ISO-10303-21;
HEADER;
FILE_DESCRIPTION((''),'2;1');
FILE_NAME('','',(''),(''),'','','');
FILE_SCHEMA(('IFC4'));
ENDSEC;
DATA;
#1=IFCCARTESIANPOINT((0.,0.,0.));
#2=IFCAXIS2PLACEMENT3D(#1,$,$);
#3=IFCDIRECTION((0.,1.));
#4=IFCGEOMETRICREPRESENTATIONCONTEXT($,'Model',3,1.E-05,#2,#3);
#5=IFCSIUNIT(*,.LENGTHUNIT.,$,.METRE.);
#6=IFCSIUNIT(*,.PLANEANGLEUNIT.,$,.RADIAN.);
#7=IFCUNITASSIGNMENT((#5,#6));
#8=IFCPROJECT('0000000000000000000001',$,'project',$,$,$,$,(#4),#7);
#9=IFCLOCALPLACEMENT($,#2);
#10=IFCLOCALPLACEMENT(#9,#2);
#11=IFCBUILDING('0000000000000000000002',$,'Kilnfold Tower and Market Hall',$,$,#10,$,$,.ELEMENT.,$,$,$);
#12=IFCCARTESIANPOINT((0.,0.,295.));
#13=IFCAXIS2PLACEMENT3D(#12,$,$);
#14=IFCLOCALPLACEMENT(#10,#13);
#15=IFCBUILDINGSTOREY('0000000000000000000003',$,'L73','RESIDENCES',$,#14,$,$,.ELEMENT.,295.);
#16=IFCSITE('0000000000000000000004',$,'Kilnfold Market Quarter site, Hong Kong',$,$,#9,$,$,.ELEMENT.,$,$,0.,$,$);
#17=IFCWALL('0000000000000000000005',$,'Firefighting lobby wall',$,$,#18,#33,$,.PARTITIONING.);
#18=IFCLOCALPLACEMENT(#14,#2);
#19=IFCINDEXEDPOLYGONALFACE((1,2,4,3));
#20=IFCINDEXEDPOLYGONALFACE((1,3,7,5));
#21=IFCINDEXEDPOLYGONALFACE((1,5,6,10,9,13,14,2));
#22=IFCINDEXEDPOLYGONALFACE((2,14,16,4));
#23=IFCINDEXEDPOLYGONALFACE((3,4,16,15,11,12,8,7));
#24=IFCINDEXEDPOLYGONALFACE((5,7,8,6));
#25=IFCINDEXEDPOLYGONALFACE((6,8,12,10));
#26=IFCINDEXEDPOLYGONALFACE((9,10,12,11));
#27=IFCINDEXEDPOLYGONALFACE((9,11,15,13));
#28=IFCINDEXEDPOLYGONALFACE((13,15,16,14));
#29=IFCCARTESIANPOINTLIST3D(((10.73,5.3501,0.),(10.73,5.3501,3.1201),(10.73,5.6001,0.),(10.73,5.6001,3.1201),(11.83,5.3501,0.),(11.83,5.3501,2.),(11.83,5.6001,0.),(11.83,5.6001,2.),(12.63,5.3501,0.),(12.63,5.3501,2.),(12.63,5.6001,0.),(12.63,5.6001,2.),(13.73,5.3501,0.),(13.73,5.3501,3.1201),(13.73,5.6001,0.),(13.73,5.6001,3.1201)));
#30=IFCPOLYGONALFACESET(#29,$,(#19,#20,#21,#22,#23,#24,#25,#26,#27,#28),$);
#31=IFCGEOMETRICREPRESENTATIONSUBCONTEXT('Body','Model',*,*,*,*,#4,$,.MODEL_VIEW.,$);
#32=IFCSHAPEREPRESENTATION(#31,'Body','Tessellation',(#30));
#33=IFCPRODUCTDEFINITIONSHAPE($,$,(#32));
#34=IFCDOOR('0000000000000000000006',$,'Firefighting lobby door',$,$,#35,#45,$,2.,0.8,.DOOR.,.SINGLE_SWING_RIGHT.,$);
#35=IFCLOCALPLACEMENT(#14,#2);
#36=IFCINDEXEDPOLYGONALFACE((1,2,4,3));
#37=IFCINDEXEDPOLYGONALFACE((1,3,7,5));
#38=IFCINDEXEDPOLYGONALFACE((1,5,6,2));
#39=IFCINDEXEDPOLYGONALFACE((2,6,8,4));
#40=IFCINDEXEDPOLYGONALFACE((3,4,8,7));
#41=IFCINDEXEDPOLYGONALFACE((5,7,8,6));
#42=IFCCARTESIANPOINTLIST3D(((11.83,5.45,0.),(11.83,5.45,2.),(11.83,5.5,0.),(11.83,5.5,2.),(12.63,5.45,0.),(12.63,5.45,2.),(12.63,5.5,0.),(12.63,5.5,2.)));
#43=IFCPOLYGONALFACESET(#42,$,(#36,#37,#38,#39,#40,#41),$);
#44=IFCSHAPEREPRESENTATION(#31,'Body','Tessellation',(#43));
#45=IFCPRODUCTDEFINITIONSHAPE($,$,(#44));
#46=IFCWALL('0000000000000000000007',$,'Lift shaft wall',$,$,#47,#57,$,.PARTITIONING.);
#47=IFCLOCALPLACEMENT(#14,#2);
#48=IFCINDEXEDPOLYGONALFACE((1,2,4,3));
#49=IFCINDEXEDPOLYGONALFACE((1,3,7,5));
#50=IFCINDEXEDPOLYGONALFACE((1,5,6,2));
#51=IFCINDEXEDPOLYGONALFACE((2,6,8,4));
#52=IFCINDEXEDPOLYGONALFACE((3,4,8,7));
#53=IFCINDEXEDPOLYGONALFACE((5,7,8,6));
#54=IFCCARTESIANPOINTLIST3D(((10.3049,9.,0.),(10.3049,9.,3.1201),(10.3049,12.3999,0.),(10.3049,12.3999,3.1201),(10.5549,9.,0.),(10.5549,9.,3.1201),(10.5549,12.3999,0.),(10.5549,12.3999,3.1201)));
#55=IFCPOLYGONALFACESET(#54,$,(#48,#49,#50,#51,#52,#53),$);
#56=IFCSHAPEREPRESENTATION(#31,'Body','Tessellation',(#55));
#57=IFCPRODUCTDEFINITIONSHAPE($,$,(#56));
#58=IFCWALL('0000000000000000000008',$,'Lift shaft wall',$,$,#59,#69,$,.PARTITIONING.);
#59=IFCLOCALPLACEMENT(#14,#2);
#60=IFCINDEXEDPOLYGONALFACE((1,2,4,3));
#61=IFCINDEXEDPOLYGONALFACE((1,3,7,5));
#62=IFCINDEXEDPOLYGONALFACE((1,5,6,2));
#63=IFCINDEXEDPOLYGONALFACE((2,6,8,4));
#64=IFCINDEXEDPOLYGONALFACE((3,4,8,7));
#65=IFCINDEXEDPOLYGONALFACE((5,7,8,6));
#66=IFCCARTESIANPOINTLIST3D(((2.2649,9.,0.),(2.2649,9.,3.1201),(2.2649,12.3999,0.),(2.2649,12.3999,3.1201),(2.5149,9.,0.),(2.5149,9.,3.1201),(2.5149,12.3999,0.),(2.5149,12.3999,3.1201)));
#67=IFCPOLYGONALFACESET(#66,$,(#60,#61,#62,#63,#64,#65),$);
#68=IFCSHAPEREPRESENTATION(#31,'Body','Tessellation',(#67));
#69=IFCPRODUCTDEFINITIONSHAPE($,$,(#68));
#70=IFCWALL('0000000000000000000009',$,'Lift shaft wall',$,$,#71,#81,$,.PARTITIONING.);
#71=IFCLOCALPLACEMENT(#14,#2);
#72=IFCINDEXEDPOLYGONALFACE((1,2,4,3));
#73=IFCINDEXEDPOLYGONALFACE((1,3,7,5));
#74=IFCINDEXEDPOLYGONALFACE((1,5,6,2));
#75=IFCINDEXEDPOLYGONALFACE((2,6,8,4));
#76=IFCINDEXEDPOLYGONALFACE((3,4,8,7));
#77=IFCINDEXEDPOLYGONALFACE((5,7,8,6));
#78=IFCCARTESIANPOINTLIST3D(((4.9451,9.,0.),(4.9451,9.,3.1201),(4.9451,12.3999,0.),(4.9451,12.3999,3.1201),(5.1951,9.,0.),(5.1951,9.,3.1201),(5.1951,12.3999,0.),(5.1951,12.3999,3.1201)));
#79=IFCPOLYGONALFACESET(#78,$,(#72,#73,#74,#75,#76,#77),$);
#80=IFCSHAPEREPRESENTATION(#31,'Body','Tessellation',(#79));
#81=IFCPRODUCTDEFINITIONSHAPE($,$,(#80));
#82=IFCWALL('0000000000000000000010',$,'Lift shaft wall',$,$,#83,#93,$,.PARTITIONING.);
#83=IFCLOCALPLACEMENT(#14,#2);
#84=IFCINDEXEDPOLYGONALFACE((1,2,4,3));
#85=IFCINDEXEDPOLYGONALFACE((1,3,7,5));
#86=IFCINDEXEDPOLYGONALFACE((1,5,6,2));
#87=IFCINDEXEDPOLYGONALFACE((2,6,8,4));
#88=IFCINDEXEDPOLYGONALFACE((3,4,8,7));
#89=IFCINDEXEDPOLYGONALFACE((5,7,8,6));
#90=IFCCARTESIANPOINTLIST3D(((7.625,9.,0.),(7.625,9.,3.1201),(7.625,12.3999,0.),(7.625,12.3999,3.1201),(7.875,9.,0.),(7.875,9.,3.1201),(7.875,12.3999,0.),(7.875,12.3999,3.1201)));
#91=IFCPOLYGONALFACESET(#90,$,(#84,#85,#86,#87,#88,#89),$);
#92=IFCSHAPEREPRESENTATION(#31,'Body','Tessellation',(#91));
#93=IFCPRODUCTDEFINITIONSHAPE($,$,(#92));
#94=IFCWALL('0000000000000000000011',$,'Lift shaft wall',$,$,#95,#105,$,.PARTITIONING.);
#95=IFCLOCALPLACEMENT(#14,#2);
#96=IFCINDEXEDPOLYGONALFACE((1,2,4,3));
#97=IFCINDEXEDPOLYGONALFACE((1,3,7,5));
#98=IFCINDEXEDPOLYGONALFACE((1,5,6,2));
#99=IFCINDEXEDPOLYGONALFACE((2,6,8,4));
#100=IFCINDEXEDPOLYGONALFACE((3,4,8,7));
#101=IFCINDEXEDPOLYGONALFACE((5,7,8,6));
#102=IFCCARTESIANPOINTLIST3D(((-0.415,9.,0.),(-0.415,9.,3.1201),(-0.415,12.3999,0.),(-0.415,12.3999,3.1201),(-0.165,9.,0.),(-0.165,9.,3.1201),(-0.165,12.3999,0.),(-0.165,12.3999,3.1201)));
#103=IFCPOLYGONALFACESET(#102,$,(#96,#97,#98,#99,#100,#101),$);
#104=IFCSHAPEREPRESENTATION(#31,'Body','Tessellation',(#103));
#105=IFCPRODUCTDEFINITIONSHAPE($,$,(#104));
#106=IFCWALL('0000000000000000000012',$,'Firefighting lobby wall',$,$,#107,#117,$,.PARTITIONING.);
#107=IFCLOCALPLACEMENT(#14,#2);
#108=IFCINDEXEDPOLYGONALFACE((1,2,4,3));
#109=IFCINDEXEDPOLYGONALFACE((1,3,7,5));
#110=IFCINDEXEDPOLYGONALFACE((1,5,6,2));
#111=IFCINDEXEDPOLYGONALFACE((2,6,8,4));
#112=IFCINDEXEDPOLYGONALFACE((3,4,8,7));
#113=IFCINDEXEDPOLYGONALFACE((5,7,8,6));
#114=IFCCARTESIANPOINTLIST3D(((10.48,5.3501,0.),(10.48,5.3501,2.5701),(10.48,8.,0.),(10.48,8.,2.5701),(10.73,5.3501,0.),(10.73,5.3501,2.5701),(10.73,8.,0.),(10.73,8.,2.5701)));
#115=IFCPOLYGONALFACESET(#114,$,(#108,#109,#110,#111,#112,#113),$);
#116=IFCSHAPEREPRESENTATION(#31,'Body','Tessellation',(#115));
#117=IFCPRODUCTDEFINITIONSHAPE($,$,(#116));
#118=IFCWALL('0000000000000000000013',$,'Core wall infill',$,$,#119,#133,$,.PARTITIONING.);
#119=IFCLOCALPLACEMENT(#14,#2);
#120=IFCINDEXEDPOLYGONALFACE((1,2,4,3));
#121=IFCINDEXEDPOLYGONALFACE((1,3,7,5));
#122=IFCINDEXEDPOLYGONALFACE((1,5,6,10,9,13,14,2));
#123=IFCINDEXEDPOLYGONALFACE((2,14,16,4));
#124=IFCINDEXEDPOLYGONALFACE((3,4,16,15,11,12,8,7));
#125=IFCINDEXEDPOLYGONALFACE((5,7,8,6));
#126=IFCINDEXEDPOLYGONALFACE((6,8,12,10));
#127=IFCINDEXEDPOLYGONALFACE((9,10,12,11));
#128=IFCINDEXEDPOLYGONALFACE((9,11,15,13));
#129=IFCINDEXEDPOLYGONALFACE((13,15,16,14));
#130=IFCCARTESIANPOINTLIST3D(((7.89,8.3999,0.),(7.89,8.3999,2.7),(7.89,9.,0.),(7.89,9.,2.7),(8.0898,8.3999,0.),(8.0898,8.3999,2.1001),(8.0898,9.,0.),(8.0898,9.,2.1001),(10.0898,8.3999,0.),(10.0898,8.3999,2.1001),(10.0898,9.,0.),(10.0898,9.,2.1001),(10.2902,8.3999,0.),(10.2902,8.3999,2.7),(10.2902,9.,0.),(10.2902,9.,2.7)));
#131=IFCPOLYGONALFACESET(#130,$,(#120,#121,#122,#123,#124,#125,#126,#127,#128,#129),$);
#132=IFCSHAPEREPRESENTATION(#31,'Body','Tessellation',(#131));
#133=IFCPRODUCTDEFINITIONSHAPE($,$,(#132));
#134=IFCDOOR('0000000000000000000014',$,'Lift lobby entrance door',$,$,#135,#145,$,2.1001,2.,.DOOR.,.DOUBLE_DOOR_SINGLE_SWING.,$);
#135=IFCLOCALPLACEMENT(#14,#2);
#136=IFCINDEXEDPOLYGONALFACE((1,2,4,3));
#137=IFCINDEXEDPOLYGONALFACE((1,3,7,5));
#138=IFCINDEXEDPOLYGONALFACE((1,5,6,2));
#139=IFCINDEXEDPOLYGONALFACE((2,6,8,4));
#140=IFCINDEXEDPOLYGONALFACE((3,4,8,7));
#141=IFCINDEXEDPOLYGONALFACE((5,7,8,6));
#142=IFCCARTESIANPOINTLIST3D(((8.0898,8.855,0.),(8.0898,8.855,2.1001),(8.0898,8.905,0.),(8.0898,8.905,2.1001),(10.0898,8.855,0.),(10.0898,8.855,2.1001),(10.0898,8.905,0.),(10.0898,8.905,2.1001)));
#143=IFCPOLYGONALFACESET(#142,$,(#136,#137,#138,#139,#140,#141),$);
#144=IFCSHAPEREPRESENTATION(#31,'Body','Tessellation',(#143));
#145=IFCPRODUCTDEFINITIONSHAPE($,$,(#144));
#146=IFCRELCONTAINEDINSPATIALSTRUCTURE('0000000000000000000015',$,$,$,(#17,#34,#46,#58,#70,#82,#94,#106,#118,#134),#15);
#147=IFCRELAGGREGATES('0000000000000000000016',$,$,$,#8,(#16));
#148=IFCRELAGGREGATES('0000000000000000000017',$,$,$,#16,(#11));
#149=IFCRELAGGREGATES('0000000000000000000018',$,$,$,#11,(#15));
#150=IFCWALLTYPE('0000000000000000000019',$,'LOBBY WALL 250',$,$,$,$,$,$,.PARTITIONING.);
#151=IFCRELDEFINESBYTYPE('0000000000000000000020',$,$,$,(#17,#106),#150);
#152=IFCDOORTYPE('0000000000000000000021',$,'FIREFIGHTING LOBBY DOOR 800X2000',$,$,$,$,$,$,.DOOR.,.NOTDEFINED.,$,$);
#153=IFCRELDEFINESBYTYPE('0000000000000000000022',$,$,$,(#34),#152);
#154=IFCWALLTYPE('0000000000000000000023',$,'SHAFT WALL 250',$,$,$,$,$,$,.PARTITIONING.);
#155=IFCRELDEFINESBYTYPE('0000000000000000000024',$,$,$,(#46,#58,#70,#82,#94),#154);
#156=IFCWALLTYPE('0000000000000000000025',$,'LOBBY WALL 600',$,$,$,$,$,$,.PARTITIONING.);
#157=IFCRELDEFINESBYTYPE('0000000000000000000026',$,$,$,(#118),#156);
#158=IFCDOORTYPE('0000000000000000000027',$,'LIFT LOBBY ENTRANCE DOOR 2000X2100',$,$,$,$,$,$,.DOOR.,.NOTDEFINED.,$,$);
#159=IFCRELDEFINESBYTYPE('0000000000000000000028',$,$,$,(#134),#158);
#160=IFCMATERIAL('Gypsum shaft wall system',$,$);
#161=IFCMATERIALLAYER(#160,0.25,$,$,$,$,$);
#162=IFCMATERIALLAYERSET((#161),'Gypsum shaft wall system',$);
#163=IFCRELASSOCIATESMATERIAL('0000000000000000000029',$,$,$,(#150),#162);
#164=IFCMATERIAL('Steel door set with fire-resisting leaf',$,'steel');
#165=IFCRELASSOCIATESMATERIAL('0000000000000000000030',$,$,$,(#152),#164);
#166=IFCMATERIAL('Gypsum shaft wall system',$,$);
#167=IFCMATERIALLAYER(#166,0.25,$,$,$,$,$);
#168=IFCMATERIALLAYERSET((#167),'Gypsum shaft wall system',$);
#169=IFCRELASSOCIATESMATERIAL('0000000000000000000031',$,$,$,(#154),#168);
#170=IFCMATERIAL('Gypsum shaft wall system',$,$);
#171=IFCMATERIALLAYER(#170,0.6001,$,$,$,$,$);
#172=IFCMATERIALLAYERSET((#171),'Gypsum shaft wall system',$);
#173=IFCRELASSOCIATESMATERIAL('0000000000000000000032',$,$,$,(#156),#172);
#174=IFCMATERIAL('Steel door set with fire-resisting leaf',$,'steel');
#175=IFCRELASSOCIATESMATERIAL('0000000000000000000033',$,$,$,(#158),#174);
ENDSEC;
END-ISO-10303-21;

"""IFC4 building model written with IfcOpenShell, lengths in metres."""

from ifc_helpers import new_model, si_unit, direction, frame, frame_2d, origin, place, context, subcontext, project, spatial, rectangle, extrude, source, transform, mapped, material, layer, layer_set, type_object, element, fill, save


model = new_model("IFC4")

# Units and contexts
model_context = context("Model", 3, precision=1e-05, world=origin(), true_north=direction((0.0, 1.0)))
body_context = subcontext(model_context, "Body", "Model", "MODEL_VIEW")
ifc_project = project(units=[si_unit("LENGTHUNIT", "METRE"), si_unit("PLANEANGLEUNIT", "RADIAN")], contexts=[model_context])

# Site, building, storey
site_placement = place(None, origin())
site = spatial("IfcSite", under=ifc_project, at=site_placement, Name="Kilnfold Market Quarter site, Hong Kong", CompositionType="ELEMENT", RefElevation=0.0)
building_placement = place(site_placement, origin())
building = spatial("IfcBuilding", under=site, at=building_placement, Name="Kilnfold Tower and Market Hall", CompositionType="ELEMENT")
storey_placement = place(building_placement, frame((0.0, 0.0, 295.0)))
storey = spatial("IfcBuildingStorey", under=building, at=storey_placement, Name="L73", Description="RESIDENCES", CompositionType="ELEMENT", Elevation=295.0)

# Wall, opening, door
ifc_material_1 = material(Name="Gypsum shaft wall system")
ifc_layer_1 = layer(ifc_material_1, 0.25)
ifc_layer_set_1 = layer_set([ifc_layer_1], Name="Gypsum shaft wall system")
wall_type_1 = type_object("IfcWallType", Name="LOBBY WALL 250", PredefinedType="PARTITIONING", material=ifc_layer_set_1)
shared_shape_1 = source(origin(), body_context, "Body", "SweptSolid", [
    extrude(rectangle(XDim=3.0, YDim=0.25, at=frame_2d((1.5, 0.0))), origin(), (0.0, 0.0, 1.0), 3.1201),
])
wall_1_placement = place(storey_placement, frame((10.73, 5.4751, 0.0), z_axis=(0.0, 0.0, 1.0), x_axis=(1.0, 0.0, 0.0)))
wall_1 = element("IfcWall", 1, at=wall_1_placement, inside=storey, type_object=wall_type_1, Name="Firefighting lobby wall", PredefinedType="PARTITIONING", context=body_context, shape_type="MappedRepresentation", body=[
    mapped(shared_shape_1, transform((0.0, 0.0, 0.0))),
])
opening_1_placement = place(wall_1_placement, frame((1.1001, 0.0, 0.0)))
opening_1 = element("IfcOpeningElement", 2, at=opening_1_placement, cuts=wall_1, PredefinedType="OPENING", context=body_context, shape_type="SweptSolid", body=[
    extrude(rectangle(XDim=0.8, YDim=2.0, at=frame_2d((0.3999, 1.0))), frame((0.0, 0.135, 0.0), z_axis=(0.0, -1.0, 0.0), x_axis=(1.0, 0.0, 0.0)), (0.0, 0.0, 1.0), 0.27),
])
ifc_material_2 = material(Name="Steel door set with fire-resisting leaf", Category="steel")
door_type_1 = type_object("IfcDoorType", Name="FIREFIGHTING LOBBY DOOR 800X2000", OperationType="NOTDEFINED", PredefinedType="DOOR", material=ifc_material_2)
door_1_placement = place(opening_1_placement, origin())
door_1 = element("IfcDoor", 3, at=door_1_placement, inside=storey, type_object=door_type_1, Name="Firefighting lobby door", OperationType="SINGLE_SWING_RIGHT", OverallHeight=2.0, OverallWidth=0.8, PredefinedType="DOOR", context=body_context, shape_type="SweptSolid", body=[
    extrude(rectangle(XDim=0.8, YDim=2.0, at=frame_2d((0.3999, 1.0))), frame((0.0, 0.0249, 0.0), z_axis=(0.0, -1.0, 0.0), x_axis=(1.0, 0.0, 0.0)), (0.0, 0.0, 1.0), 0.05),
])
fill(opening_1, door_1)

# Walls
ifc_material_3 = material(Name="Gypsum shaft wall system")
ifc_layer_2 = layer(ifc_material_3, 0.25)
ifc_layer_set_2 = layer_set([ifc_layer_2], Name="Gypsum shaft wall system")
wall_type_2 = type_object("IfcWallType", Name="SHAFT WALL 250", PredefinedType="PARTITIONING", material=ifc_layer_set_2)
shared_shape_2 = source(origin(), body_context, "Body", "SweptSolid", [
    extrude(rectangle(XDim=3.3999, YDim=0.25, at=frame_2d((1.7, 0.0))), origin(), (0.0, 0.0, 1.0), 3.1201),
])
for number, where, z_axis, x_axis, name in (
    (4, (10.4299, 9.0, 0.0), (0.0, 0.0, 1.0), (0.0, 1.0, 0.0), "Lift shaft wall"),
    (5, (2.3899, 9.0, 0.0), (0.0, 0.0, 1.0), (0.0, 1.0, 0.0), "Lift shaft wall"),
    (6, (5.0701, 9.0, 0.0), (0.0, 0.0, 1.0), (0.0, 1.0, 0.0), "Lift shaft wall"),
    (7, (7.75, 9.0, 0.0), (0.0, 0.0, 1.0), (0.0, 1.0, 0.0), "Lift shaft wall"),
    (8, (-0.29, 9.0, 0.0), (0.0, 0.0, 1.0), (0.0, 1.0, 0.0), "Lift shaft wall"),
):
    element("IfcWall", number, at=place(storey_placement, frame(where, z_axis=z_axis, x_axis=x_axis)), inside=storey, type_object=wall_type_2, Name=name, PredefinedType="PARTITIONING", context=body_context, shape_type="MappedRepresentation", body=[
        mapped(shared_shape_2, transform((0.0, 0.0, 0.0))),
    ])
shared_shape_3 = source(origin(), body_context, "Body", "SweptSolid", [
    extrude(rectangle(XDim=2.6499, YDim=0.25, at=frame_2d((1.325, 0.0))), origin(), (0.0, 0.0, 1.0), 2.5701),
])
wall_2_placement = place(storey_placement, frame((10.605, 5.3501, 0.0), z_axis=(0.0, 0.0, 1.0), x_axis=(0.0, 1.0, 0.0)))
element("IfcWall", 9, at=wall_2_placement, inside=storey, type_object=wall_type_1, Name="Firefighting lobby wall", PredefinedType="PARTITIONING", context=body_context, shape_type="MappedRepresentation", body=[
    mapped(shared_shape_3, transform((0.0, 0.0, 0.0))),
])

# Wall, opening, door
ifc_material_4 = material(Name="Gypsum shaft wall system")
ifc_layer_3 = layer(ifc_material_4, 0.6001)
ifc_layer_set_3 = layer_set([ifc_layer_3], Name="Gypsum shaft wall system")
wall_type_3 = type_object("IfcWallType", Name="LOBBY WALL 600", PredefinedType="PARTITIONING", material=ifc_layer_set_3)
shared_shape_4 = source(origin(), body_context, "Body", "SweptSolid", [
    extrude(rectangle(XDim=2.4001, YDim=0.6001, at=frame_2d((1.2002, 0.0))), origin(), (0.0, 0.0, 1.0), 2.7),
])
wall_3_placement = place(storey_placement, frame((7.8899, 8.7, 0.0), z_axis=(0.0, 0.0, 1.0), x_axis=(1.0, 0.0, 0.0)))
wall_3 = element("IfcWall", 10, at=wall_3_placement, inside=storey, type_object=wall_type_3, Name="Core wall infill", PredefinedType="PARTITIONING", context=body_context, shape_type="MappedRepresentation", body=[
    mapped(shared_shape_4, transform((0.0, 0.0, 0.0))),
])
opening_2_placement = place(wall_3_placement, frame((0.2, 0.0, 0.0)))
opening_2 = element("IfcOpeningElement", 11, at=opening_2_placement, cuts=wall_3, PredefinedType="OPENING", context=body_context, shape_type="SweptSolid", body=[
    extrude(rectangle(XDim=2.0, YDim=2.1001, at=frame_2d((1.0, 1.05))), frame((0.0, 0.3101, 0.0), z_axis=(0.0, -1.0, 0.0), x_axis=(1.0, 0.0, 0.0)), (0.0, 0.0, 1.0), 0.6201),
])
ifc_material_5 = material(Name="Steel door set with fire-resisting leaf", Category="steel")
door_type_2 = type_object("IfcDoorType", Name="LIFT LOBBY ENTRANCE DOOR 2000X2100", OperationType="NOTDEFINED", PredefinedType="DOOR", material=ifc_material_5)
door_2_placement = place(opening_2_placement, origin())
door_2 = element("IfcDoor", 12, at=door_2_placement, inside=storey, type_object=door_type_2, Name="Lift lobby entrance door", OperationType="DOUBLE_DOOR_SINGLE_SWING", OverallHeight=2.1001, OverallWidth=2.0, PredefinedType="DOOR", context=body_context, shape_type="SweptSolid", body=[
    extrude(rectangle(XDim=2.0, YDim=2.1001, at=frame_2d((1.0, 1.05))), frame((0.0, 0.2051, 0.0), z_axis=(0.0, -1.0, 0.0), x_axis=(1.0, 0.0, 0.0)), (0.0, 0.0, 1.0), 0.05),
])
fill(opening_2, door_2)

save(model, "model.ifc")
